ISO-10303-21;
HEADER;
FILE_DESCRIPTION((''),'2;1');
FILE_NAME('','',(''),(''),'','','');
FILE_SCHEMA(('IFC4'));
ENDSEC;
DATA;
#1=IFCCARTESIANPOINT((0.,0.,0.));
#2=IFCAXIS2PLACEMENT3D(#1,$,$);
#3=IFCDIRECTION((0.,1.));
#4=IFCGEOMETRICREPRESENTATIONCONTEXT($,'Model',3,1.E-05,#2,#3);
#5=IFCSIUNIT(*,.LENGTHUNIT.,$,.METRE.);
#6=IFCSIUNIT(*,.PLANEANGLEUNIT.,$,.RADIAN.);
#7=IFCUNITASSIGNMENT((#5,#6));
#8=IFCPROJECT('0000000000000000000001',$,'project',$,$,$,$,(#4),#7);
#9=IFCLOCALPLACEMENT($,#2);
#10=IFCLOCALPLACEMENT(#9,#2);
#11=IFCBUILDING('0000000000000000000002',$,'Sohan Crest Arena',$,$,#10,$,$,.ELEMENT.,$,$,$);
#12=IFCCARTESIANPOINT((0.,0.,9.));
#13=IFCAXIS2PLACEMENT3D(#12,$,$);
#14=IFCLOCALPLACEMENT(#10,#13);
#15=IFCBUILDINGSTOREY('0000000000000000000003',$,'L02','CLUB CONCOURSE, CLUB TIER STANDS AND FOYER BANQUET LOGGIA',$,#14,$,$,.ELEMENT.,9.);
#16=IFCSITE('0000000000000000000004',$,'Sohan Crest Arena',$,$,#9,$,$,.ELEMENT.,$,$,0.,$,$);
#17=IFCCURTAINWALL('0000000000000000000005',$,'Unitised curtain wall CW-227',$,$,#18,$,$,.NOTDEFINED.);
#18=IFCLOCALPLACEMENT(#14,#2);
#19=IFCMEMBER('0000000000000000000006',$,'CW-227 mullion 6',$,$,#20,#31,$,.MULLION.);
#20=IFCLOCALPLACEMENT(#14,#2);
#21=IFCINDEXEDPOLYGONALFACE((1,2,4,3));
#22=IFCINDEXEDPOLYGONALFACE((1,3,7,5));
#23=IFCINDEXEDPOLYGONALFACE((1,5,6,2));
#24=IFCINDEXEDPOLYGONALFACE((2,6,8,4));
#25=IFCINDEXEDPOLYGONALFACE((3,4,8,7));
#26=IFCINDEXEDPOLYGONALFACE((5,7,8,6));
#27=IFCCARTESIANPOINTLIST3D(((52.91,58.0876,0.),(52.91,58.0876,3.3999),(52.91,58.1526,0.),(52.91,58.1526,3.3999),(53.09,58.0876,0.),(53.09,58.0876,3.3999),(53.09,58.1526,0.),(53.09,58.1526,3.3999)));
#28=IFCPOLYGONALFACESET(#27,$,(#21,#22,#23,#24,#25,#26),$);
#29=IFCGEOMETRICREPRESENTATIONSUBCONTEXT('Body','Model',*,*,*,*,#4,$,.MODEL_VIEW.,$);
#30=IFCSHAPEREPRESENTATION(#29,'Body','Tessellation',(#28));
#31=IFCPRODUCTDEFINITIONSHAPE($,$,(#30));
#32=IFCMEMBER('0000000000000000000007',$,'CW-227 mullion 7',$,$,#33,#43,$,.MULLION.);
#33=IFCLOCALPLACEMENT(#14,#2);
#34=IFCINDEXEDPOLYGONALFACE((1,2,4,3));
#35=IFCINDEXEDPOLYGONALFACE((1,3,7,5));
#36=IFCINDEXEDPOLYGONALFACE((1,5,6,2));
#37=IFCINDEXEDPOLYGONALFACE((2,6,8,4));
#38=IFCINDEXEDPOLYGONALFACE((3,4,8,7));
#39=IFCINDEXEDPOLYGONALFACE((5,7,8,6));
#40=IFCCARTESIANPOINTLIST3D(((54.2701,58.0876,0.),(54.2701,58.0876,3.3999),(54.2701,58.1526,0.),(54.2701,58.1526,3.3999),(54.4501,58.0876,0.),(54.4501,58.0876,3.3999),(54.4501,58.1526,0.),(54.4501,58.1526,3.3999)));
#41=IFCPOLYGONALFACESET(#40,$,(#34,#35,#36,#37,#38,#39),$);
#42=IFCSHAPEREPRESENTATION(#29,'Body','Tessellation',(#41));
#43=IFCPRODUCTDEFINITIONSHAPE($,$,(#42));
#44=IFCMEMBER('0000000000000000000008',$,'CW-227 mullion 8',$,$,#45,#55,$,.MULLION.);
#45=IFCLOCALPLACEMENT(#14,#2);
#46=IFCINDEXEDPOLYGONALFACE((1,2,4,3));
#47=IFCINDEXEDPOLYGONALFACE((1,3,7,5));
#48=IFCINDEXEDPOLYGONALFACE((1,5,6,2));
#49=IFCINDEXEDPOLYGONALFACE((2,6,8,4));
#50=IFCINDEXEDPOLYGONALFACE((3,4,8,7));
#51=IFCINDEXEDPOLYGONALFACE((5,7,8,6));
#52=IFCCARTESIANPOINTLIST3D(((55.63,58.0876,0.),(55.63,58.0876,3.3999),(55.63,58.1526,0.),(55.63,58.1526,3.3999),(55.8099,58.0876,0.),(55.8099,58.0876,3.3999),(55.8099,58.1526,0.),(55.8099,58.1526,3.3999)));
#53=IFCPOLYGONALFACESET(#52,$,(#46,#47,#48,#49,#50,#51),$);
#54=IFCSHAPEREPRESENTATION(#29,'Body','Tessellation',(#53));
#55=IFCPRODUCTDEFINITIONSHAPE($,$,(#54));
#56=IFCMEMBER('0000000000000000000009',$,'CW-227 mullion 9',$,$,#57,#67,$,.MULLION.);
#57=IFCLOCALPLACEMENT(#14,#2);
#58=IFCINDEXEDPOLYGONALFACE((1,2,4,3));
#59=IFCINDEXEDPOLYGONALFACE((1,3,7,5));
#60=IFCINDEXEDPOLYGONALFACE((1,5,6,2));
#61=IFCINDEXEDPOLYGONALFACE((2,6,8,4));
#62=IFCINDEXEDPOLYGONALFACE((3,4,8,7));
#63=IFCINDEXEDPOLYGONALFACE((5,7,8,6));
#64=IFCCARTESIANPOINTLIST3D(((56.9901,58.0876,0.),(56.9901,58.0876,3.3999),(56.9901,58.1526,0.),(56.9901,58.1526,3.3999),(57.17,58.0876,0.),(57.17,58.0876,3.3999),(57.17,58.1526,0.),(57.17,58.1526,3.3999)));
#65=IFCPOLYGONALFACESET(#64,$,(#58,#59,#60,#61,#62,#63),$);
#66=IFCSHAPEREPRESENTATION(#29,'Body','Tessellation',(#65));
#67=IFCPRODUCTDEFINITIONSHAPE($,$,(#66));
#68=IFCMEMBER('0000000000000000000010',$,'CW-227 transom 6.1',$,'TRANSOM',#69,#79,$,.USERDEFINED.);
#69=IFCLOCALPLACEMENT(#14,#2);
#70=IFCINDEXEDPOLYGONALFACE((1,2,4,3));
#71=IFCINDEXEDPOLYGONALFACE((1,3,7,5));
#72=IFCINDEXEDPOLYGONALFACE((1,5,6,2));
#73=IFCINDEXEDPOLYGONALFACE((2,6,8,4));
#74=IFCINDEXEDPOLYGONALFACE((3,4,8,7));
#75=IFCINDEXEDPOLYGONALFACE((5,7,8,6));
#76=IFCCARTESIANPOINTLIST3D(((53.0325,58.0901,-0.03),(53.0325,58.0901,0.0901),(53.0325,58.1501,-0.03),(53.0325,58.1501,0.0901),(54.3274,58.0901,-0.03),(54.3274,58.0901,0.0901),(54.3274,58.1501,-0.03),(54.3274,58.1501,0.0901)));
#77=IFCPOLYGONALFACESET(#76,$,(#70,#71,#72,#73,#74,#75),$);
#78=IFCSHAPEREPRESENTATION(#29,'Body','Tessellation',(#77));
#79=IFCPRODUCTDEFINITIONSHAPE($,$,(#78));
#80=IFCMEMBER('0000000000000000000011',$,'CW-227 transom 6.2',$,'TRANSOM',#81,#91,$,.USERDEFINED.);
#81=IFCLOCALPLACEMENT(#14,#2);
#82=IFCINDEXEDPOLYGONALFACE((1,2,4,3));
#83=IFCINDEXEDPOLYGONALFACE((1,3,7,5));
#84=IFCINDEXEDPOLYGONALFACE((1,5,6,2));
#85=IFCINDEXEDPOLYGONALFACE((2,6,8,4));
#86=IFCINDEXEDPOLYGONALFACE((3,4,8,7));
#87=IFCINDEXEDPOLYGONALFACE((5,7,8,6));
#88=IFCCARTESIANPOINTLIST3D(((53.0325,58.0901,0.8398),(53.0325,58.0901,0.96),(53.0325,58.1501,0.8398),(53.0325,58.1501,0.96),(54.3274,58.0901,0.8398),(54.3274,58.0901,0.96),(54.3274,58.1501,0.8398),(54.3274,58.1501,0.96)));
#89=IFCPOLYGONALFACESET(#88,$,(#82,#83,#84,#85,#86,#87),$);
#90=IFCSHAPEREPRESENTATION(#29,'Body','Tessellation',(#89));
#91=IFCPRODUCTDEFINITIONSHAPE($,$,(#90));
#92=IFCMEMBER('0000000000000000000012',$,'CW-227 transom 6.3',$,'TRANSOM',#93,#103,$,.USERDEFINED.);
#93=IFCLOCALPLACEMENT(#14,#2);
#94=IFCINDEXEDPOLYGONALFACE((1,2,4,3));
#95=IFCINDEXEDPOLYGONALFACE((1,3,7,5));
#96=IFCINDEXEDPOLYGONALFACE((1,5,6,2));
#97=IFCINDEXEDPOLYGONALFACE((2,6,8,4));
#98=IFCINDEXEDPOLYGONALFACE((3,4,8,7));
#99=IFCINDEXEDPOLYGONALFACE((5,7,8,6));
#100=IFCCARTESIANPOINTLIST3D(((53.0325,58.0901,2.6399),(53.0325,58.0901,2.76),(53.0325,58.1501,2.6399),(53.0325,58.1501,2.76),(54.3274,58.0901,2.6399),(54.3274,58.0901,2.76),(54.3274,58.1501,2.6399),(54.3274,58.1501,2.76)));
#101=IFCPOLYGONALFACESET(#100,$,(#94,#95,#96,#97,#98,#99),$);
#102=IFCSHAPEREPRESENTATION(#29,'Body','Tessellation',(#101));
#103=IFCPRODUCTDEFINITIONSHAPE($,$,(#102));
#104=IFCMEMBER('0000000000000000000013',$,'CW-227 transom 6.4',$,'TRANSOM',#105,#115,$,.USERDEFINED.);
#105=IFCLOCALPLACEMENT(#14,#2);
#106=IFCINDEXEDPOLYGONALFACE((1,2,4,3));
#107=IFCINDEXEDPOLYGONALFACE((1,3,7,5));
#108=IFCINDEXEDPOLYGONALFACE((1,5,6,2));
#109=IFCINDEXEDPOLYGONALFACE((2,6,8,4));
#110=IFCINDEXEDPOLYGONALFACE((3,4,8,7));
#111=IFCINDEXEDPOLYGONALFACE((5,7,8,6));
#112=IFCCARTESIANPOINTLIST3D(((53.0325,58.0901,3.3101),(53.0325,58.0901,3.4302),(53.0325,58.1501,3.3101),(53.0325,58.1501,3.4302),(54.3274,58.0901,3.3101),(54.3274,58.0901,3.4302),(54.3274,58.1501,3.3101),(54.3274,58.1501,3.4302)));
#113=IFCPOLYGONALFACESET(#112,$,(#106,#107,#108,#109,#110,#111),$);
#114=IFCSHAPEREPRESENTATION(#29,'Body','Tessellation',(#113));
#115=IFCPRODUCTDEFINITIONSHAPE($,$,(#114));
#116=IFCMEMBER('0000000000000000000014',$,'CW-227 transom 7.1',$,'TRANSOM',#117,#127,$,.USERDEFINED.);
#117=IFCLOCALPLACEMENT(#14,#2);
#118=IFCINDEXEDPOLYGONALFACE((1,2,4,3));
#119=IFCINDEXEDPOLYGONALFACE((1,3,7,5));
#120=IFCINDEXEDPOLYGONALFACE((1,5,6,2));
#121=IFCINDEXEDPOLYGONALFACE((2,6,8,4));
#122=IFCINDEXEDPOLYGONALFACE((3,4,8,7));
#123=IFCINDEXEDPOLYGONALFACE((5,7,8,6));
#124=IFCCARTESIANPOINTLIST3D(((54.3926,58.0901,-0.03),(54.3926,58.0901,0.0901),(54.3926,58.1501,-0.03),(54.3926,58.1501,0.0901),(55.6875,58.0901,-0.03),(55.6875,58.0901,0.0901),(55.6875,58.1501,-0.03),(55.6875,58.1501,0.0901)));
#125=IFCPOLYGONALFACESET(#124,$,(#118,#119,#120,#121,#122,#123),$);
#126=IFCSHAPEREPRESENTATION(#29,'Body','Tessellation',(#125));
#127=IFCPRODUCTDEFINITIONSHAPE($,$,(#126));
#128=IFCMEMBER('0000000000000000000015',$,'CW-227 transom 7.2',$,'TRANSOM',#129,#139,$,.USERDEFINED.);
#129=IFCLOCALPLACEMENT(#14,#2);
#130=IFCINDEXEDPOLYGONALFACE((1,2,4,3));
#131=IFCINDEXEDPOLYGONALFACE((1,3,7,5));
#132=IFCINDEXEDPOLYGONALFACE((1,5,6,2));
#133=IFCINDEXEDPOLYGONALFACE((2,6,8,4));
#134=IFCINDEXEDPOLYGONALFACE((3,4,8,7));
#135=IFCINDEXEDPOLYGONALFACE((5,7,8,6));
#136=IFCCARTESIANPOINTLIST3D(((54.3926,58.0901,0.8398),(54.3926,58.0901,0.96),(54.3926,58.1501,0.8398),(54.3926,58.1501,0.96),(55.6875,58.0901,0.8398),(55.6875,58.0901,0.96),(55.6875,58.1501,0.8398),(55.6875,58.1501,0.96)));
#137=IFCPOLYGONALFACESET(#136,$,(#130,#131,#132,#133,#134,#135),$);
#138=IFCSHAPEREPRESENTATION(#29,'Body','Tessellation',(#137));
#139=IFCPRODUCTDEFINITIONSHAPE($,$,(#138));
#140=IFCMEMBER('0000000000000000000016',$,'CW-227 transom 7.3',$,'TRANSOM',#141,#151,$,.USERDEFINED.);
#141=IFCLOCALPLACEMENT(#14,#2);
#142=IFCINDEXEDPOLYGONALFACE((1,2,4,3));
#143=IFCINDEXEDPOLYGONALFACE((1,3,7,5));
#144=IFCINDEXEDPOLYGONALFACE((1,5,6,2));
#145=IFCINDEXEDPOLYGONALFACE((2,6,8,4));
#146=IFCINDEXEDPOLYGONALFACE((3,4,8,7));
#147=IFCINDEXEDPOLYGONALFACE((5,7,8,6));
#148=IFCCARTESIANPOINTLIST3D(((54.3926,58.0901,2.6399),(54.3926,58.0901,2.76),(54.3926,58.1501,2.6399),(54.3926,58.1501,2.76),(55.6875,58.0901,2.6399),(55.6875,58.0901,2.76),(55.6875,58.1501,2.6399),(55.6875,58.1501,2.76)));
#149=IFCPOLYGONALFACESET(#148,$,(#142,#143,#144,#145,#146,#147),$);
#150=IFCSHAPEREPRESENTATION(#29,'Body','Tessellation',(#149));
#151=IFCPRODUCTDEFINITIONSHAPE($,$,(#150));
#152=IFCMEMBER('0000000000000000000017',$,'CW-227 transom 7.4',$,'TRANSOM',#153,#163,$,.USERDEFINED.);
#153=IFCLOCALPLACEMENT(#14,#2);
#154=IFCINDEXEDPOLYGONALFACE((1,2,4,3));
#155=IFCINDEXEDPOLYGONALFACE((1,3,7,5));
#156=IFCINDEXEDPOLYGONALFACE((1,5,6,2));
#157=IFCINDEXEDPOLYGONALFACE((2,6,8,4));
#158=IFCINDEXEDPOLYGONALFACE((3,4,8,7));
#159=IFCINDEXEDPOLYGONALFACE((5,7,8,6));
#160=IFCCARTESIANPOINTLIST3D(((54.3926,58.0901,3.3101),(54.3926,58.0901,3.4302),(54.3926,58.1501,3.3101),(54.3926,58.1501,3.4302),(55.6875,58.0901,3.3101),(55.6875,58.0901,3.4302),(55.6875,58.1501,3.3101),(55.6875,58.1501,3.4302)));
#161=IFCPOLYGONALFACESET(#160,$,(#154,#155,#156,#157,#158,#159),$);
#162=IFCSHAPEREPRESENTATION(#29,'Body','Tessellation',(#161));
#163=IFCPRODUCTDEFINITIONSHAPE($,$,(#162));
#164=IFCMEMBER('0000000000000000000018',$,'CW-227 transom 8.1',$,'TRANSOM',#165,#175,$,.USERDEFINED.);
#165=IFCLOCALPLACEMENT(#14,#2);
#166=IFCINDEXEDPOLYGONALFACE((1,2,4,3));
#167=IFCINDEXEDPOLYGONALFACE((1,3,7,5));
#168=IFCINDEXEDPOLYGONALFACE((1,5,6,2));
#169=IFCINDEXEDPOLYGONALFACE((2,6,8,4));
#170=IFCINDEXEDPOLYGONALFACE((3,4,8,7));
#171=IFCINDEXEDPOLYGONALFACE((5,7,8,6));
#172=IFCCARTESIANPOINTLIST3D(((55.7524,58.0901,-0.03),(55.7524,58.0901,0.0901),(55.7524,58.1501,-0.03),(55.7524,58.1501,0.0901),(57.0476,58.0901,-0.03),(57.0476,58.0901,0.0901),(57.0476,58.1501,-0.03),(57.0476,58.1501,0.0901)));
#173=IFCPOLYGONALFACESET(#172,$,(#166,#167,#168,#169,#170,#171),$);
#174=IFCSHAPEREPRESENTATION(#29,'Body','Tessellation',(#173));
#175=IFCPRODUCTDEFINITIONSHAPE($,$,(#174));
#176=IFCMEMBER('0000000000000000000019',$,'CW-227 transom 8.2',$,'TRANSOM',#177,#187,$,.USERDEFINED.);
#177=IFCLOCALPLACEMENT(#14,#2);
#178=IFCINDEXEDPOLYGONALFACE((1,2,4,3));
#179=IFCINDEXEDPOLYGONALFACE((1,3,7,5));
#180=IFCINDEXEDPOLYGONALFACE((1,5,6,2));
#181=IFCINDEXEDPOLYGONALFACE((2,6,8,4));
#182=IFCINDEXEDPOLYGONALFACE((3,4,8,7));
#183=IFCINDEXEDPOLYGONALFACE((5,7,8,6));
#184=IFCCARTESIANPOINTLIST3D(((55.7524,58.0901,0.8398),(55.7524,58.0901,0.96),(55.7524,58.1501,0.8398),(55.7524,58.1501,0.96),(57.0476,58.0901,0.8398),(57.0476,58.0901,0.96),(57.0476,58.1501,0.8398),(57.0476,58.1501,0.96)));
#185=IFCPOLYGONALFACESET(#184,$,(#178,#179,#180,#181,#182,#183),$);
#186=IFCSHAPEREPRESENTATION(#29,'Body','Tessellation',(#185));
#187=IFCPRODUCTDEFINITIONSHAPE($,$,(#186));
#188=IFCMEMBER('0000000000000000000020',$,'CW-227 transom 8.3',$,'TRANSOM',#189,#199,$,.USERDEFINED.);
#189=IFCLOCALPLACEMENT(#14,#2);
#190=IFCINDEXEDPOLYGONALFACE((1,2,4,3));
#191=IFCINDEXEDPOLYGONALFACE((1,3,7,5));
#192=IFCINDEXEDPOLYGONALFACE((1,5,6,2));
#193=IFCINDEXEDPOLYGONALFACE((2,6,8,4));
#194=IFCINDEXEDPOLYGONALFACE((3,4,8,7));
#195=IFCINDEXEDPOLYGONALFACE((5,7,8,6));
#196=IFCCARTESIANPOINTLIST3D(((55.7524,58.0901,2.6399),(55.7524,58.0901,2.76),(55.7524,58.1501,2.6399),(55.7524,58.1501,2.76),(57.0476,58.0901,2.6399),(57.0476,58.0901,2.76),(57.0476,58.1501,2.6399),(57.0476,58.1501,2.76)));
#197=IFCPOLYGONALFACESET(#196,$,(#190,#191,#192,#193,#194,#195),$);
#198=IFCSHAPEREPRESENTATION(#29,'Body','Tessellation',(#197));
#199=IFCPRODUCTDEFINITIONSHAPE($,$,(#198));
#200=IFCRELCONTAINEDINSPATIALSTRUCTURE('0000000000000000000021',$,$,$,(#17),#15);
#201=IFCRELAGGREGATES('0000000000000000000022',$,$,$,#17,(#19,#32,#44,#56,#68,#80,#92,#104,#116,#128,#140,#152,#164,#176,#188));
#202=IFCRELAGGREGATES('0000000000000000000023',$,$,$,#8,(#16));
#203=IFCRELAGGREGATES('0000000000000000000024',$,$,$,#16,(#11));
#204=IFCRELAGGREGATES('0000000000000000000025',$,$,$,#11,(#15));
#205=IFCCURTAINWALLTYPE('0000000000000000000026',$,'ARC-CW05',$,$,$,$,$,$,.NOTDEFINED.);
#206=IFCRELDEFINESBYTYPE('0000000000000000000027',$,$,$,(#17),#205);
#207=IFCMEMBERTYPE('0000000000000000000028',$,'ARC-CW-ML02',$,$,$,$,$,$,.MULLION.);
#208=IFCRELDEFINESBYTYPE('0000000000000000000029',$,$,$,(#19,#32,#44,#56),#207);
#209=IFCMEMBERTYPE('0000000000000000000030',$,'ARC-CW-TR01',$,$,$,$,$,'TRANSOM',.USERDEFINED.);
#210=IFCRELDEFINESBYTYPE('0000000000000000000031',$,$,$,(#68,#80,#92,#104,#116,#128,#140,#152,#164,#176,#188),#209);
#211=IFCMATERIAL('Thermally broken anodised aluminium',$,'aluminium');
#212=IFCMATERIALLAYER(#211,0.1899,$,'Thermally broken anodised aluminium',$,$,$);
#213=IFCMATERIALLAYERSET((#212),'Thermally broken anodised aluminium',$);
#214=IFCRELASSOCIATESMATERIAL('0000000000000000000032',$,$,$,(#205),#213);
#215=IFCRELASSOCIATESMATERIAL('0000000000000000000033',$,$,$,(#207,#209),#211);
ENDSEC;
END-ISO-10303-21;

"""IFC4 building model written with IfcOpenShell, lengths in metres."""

from ifc_helpers import new_model, si_unit, direction, frame, origin, origin_2d, place, context, subcontext, project, spatial, rectangle, extrude, material, layer, layer_set, material_profile, profile_set, type_object, element, aggregate, save


model = new_model("IFC4")

# Units and contexts
model_context = context("Model", 3, precision=1e-05, world=origin(), true_north=direction((0.0, 1.0)))
body_context = subcontext(model_context, "Body", "Model", "MODEL_VIEW")
ifc_project = project(units=[si_unit("LENGTHUNIT", "METRE"), si_unit("PLANEANGLEUNIT", "RADIAN")], contexts=[model_context])

# Site, building, storey
site_placement = place(None, origin())
site = spatial("IfcSite", under=ifc_project, at=site_placement, Name="Sohan Crest Arena", CompositionType="ELEMENT", RefElevation=0.0)
building_placement = place(site_placement, origin())
building = spatial("IfcBuilding", under=site, at=building_placement, Name="Sohan Crest Arena", CompositionType="ELEMENT")
storey_placement = place(building_placement, frame((0.0, 0.0, 9.0)))
storey = spatial("IfcBuildingStorey", under=building, at=storey_placement, Name="L02", Description="CLUB CONCOURSE, CLUB TIER STANDS AND FOYER BANQUET LOGGIA", CompositionType="ELEMENT", Elevation=9.0)

# Curtain wall, members
ifc_material_1 = material(Name="Thermally broken anodised aluminium", Category="aluminium")
ifc_layer_1 = layer(ifc_material_1, 0.1899, Name="Thermally broken anodised aluminium")
ifc_layer_set_1 = layer_set([ifc_layer_1], Name="Thermally broken anodised aluminium")
curtain_wall_type = type_object("IfcCurtainWallType", Name="ARC-CW05", PredefinedType="NOTDEFINED", material=ifc_layer_set_1)
curtain_wall_1_placement = place(storey_placement, origin())
curtain_wall_1 = element("IfcCurtainWall", 1, at=curtain_wall_1_placement, inside=storey, type_object=curtain_wall_type, Name="Unitised curtain wall CW-227", PredefinedType="NOTDEFINED")
ifc_material_profile_1 = material_profile(ifc_material_1, rectangle(XDim=0.0649, YDim=0.1799, at=origin_2d()), Name="ALU-MULL 65x180")
ifc_profile_set_1 = profile_set([ifc_material_profile_1], Name="Thermally broken anodised aluminium")
member_type_1 = type_object("IfcMemberType", Name="ARC-CW-ML02", PredefinedType="MULLION", material=ifc_profile_set_1)
member_1_placement = place(storey_placement, frame((53.0, 58.1201, 0.0), z_axis=(0.0, 0.0, 1.0), x_axis=(0.0, 1.0, 0.0)))
member_1 = element("IfcMember", 2, at=member_1_placement, type_object=member_type_1, Name="CW-227 mullion 6", PredefinedType="MULLION", context=body_context, shape_type="SweptSolid", body=[
    extrude(rectangle(XDim=0.0649, YDim=0.1799, at=origin_2d()), origin(), (0.0, 0.0, 1.0), 3.3999),
])
member_2_placement = place(storey_placement, frame((54.3601, 58.1201, 0.0), z_axis=(0.0, 0.0, 1.0), x_axis=(0.0, 1.0, 0.0)))
member_2 = element("IfcMember", 3, at=member_2_placement, type_object=member_type_1, Name="CW-227 mullion 7", PredefinedType="MULLION", context=body_context, shape_type="SweptSolid", body=[
    extrude(rectangle(XDim=0.0649, YDim=0.1799, at=origin_2d()), origin(), (0.0, 0.0, 1.0), 3.3999),
])
member_3_placement = place(storey_placement, frame((55.72, 58.1201, 0.0), z_axis=(0.0, 0.0, 1.0), x_axis=(0.0, 1.0, 0.0)))
member_3 = element("IfcMember", 4, at=member_3_placement, type_object=member_type_1, Name="CW-227 mullion 8", PredefinedType="MULLION", context=body_context, shape_type="SweptSolid", body=[
    extrude(rectangle(XDim=0.0649, YDim=0.1799, at=origin_2d()), origin(), (0.0, 0.0, 1.0), 3.3999),
])
member_4_placement = place(storey_placement, frame((57.0801, 58.1201, 0.0), z_axis=(0.0, 0.0, 1.0), x_axis=(0.0, 1.0, 0.0)))
member_4 = element("IfcMember", 5, at=member_4_placement, type_object=member_type_1, Name="CW-227 mullion 9", PredefinedType="MULLION", context=body_context, shape_type="SweptSolid", body=[
    extrude(rectangle(XDim=0.0649, YDim=0.1799, at=origin_2d()), origin(), (0.0, 0.0, 1.0), 3.3999),
])
ifc_material_profile_2 = material_profile(ifc_material_1, rectangle(XDim=0.0601, YDim=0.1201, at=origin_2d()), Name="ALU-TRAN 60x120")
ifc_profile_set_2 = profile_set([ifc_material_profile_2], Name="Thermally broken anodised aluminium")
member_type_2 = type_object("IfcMemberType", Name="ARC-CW-TR01", ElementType="TRANSOM", PredefinedType="USERDEFINED", material=ifc_profile_set_2)
member_5_placement = place(storey_placement, frame((53.0325, 58.1201, 0.03), z_axis=(1.0, 0.0, 0.0), x_axis=(0.0, 1.0, 0.0)))
member_5 = element("IfcMember", 6, at=member_5_placement, type_object=member_type_2, Name="CW-227 transom 6.1", ObjectType="TRANSOM", PredefinedType="USERDEFINED", context=body_context, shape_type="SweptSolid", body=[
    extrude(rectangle(XDim=0.0601, YDim=0.1201, at=origin_2d()), origin(), (0.0, 0.0, 1.0), 1.2949),
])
member_6_placement = place(storey_placement, frame((53.0325, 58.1201, 0.8999), z_axis=(1.0, 0.0, 0.0), x_axis=(0.0, 1.0, 0.0)))
member_6 = element("IfcMember", 7, at=member_6_placement, type_object=member_type_2, Name="CW-227 transom 6.2", ObjectType="TRANSOM", PredefinedType="USERDEFINED", context=body_context, shape_type="SweptSolid", body=[
    extrude(rectangle(XDim=0.0601, YDim=0.1201, at=origin_2d()), origin(), (0.0, 0.0, 1.0), 1.2949),
])
member_7_placement = place(storey_placement, frame((53.0325, 58.1201, 2.7), z_axis=(1.0, 0.0, 0.0), x_axis=(0.0, 1.0, 0.0)))
member_7 = element("IfcMember", 8, at=member_7_placement, type_object=member_type_2, Name="CW-227 transom 6.3", ObjectType="TRANSOM", PredefinedType="USERDEFINED", context=body_context, shape_type="SweptSolid", body=[
    extrude(rectangle(XDim=0.0601, YDim=0.1201, at=origin_2d()), origin(), (0.0, 0.0, 1.0), 1.2949),
])
member_8_placement = place(storey_placement, frame((53.0325, 58.1201, 3.3701), z_axis=(1.0, 0.0, 0.0), x_axis=(0.0, 1.0, 0.0)))
member_8 = element("IfcMember", 9, at=member_8_placement, type_object=member_type_2, Name="CW-227 transom 6.4", ObjectType="TRANSOM", PredefinedType="USERDEFINED", context=body_context, shape_type="SweptSolid", body=[
    extrude(rectangle(XDim=0.0601, YDim=0.1201, at=origin_2d()), origin(), (0.0, 0.0, 1.0), 1.2949),
])
member_9_placement = place(storey_placement, frame((54.3926, 58.1201, 0.03), z_axis=(1.0, 0.0, 0.0), x_axis=(0.0, 1.0, 0.0)))
member_9 = element("IfcMember", 10, at=member_9_placement, type_object=member_type_2, Name="CW-227 transom 7.1", ObjectType="TRANSOM", PredefinedType="USERDEFINED", context=body_context, shape_type="SweptSolid", body=[
    extrude(rectangle(XDim=0.0601, YDim=0.1201, at=origin_2d()), origin(), (0.0, 0.0, 1.0), 1.2949),
])
member_10_placement = place(storey_placement, frame((54.3926, 58.1201, 0.8999), z_axis=(1.0, 0.0, 0.0), x_axis=(0.0, 1.0, 0.0)))
member_10 = element("IfcMember", 11, at=member_10_placement, type_object=member_type_2, Name="CW-227 transom 7.2", ObjectType="TRANSOM", PredefinedType="USERDEFINED", context=body_context, shape_type="SweptSolid", body=[
    extrude(rectangle(XDim=0.0601, YDim=0.1201, at=origin_2d()), origin(), (0.0, 0.0, 1.0), 1.2949),
])
member_11_placement = place(storey_placement, frame((54.3926, 58.1201, 2.7), z_axis=(1.0, 0.0, 0.0), x_axis=(0.0, 1.0, 0.0)))
member_11 = element("IfcMember", 12, at=member_11_placement, type_object=member_type_2, Name="CW-227 transom 7.3", ObjectType="TRANSOM", PredefinedType="USERDEFINED", context=body_context, shape_type="SweptSolid", body=[
    extrude(rectangle(XDim=0.0601, YDim=0.1201, at=origin_2d()), origin(), (0.0, 0.0, 1.0), 1.2949),
])
member_12_placement = place(storey_placement, frame((54.3926, 58.1201, 3.3701), z_axis=(1.0, 0.0, 0.0), x_axis=(0.0, 1.0, 0.0)))
member_12 = element("IfcMember", 13, at=member_12_placement, type_object=member_type_2, Name="CW-227 transom 7.4", ObjectType="TRANSOM", PredefinedType="USERDEFINED", context=body_context, shape_type="SweptSolid", body=[
    extrude(rectangle(XDim=0.0601, YDim=0.1201, at=origin_2d()), origin(), (0.0, 0.0, 1.0), 1.2949),
])
member_13_placement = place(storey_placement, frame((55.7524, 58.1201, 0.03), z_axis=(1.0, 0.0, 0.0), x_axis=(0.0, 1.0, 0.0)))
member_13 = element("IfcMember", 14, at=member_13_placement, type_object=member_type_2, Name="CW-227 transom 8.1", ObjectType="TRANSOM", PredefinedType="USERDEFINED", context=body_context, shape_type="SweptSolid", body=[
    extrude(rectangle(XDim=0.0601, YDim=0.1201, at=origin_2d()), origin(), (0.0, 0.0, 1.0), 1.2952),
])
member_14_placement = place(storey_placement, frame((55.7524, 58.1201, 0.8999), z_axis=(1.0, 0.0, 0.0), x_axis=(0.0, 1.0, 0.0)))
member_14 = element("IfcMember", 15, at=member_14_placement, type_object=member_type_2, Name="CW-227 transom 8.2", ObjectType="TRANSOM", PredefinedType="USERDEFINED", context=body_context, shape_type="SweptSolid", body=[
    extrude(rectangle(XDim=0.0601, YDim=0.1201, at=origin_2d()), origin(), (0.0, 0.0, 1.0), 1.2952),
])
member_15_placement = place(storey_placement, frame((55.7524, 58.1201, 2.7), z_axis=(1.0, 0.0, 0.0), x_axis=(0.0, 1.0, 0.0)))
member_15 = element("IfcMember", 16, at=member_15_placement, type_object=member_type_2, Name="CW-227 transom 8.3", ObjectType="TRANSOM", PredefinedType="USERDEFINED", context=body_context, shape_type="SweptSolid", body=[
    extrude(rectangle(XDim=0.0601, YDim=0.1201, at=origin_2d()), origin(), (0.0, 0.0, 1.0), 1.2952),
])
aggregate(curtain_wall_1, [member_1, member_2, member_3, member_4, member_5, member_6, member_7, member_8, member_9, member_10, member_11, member_12, member_13, member_14, member_15])

save(model, "model.ifc")
